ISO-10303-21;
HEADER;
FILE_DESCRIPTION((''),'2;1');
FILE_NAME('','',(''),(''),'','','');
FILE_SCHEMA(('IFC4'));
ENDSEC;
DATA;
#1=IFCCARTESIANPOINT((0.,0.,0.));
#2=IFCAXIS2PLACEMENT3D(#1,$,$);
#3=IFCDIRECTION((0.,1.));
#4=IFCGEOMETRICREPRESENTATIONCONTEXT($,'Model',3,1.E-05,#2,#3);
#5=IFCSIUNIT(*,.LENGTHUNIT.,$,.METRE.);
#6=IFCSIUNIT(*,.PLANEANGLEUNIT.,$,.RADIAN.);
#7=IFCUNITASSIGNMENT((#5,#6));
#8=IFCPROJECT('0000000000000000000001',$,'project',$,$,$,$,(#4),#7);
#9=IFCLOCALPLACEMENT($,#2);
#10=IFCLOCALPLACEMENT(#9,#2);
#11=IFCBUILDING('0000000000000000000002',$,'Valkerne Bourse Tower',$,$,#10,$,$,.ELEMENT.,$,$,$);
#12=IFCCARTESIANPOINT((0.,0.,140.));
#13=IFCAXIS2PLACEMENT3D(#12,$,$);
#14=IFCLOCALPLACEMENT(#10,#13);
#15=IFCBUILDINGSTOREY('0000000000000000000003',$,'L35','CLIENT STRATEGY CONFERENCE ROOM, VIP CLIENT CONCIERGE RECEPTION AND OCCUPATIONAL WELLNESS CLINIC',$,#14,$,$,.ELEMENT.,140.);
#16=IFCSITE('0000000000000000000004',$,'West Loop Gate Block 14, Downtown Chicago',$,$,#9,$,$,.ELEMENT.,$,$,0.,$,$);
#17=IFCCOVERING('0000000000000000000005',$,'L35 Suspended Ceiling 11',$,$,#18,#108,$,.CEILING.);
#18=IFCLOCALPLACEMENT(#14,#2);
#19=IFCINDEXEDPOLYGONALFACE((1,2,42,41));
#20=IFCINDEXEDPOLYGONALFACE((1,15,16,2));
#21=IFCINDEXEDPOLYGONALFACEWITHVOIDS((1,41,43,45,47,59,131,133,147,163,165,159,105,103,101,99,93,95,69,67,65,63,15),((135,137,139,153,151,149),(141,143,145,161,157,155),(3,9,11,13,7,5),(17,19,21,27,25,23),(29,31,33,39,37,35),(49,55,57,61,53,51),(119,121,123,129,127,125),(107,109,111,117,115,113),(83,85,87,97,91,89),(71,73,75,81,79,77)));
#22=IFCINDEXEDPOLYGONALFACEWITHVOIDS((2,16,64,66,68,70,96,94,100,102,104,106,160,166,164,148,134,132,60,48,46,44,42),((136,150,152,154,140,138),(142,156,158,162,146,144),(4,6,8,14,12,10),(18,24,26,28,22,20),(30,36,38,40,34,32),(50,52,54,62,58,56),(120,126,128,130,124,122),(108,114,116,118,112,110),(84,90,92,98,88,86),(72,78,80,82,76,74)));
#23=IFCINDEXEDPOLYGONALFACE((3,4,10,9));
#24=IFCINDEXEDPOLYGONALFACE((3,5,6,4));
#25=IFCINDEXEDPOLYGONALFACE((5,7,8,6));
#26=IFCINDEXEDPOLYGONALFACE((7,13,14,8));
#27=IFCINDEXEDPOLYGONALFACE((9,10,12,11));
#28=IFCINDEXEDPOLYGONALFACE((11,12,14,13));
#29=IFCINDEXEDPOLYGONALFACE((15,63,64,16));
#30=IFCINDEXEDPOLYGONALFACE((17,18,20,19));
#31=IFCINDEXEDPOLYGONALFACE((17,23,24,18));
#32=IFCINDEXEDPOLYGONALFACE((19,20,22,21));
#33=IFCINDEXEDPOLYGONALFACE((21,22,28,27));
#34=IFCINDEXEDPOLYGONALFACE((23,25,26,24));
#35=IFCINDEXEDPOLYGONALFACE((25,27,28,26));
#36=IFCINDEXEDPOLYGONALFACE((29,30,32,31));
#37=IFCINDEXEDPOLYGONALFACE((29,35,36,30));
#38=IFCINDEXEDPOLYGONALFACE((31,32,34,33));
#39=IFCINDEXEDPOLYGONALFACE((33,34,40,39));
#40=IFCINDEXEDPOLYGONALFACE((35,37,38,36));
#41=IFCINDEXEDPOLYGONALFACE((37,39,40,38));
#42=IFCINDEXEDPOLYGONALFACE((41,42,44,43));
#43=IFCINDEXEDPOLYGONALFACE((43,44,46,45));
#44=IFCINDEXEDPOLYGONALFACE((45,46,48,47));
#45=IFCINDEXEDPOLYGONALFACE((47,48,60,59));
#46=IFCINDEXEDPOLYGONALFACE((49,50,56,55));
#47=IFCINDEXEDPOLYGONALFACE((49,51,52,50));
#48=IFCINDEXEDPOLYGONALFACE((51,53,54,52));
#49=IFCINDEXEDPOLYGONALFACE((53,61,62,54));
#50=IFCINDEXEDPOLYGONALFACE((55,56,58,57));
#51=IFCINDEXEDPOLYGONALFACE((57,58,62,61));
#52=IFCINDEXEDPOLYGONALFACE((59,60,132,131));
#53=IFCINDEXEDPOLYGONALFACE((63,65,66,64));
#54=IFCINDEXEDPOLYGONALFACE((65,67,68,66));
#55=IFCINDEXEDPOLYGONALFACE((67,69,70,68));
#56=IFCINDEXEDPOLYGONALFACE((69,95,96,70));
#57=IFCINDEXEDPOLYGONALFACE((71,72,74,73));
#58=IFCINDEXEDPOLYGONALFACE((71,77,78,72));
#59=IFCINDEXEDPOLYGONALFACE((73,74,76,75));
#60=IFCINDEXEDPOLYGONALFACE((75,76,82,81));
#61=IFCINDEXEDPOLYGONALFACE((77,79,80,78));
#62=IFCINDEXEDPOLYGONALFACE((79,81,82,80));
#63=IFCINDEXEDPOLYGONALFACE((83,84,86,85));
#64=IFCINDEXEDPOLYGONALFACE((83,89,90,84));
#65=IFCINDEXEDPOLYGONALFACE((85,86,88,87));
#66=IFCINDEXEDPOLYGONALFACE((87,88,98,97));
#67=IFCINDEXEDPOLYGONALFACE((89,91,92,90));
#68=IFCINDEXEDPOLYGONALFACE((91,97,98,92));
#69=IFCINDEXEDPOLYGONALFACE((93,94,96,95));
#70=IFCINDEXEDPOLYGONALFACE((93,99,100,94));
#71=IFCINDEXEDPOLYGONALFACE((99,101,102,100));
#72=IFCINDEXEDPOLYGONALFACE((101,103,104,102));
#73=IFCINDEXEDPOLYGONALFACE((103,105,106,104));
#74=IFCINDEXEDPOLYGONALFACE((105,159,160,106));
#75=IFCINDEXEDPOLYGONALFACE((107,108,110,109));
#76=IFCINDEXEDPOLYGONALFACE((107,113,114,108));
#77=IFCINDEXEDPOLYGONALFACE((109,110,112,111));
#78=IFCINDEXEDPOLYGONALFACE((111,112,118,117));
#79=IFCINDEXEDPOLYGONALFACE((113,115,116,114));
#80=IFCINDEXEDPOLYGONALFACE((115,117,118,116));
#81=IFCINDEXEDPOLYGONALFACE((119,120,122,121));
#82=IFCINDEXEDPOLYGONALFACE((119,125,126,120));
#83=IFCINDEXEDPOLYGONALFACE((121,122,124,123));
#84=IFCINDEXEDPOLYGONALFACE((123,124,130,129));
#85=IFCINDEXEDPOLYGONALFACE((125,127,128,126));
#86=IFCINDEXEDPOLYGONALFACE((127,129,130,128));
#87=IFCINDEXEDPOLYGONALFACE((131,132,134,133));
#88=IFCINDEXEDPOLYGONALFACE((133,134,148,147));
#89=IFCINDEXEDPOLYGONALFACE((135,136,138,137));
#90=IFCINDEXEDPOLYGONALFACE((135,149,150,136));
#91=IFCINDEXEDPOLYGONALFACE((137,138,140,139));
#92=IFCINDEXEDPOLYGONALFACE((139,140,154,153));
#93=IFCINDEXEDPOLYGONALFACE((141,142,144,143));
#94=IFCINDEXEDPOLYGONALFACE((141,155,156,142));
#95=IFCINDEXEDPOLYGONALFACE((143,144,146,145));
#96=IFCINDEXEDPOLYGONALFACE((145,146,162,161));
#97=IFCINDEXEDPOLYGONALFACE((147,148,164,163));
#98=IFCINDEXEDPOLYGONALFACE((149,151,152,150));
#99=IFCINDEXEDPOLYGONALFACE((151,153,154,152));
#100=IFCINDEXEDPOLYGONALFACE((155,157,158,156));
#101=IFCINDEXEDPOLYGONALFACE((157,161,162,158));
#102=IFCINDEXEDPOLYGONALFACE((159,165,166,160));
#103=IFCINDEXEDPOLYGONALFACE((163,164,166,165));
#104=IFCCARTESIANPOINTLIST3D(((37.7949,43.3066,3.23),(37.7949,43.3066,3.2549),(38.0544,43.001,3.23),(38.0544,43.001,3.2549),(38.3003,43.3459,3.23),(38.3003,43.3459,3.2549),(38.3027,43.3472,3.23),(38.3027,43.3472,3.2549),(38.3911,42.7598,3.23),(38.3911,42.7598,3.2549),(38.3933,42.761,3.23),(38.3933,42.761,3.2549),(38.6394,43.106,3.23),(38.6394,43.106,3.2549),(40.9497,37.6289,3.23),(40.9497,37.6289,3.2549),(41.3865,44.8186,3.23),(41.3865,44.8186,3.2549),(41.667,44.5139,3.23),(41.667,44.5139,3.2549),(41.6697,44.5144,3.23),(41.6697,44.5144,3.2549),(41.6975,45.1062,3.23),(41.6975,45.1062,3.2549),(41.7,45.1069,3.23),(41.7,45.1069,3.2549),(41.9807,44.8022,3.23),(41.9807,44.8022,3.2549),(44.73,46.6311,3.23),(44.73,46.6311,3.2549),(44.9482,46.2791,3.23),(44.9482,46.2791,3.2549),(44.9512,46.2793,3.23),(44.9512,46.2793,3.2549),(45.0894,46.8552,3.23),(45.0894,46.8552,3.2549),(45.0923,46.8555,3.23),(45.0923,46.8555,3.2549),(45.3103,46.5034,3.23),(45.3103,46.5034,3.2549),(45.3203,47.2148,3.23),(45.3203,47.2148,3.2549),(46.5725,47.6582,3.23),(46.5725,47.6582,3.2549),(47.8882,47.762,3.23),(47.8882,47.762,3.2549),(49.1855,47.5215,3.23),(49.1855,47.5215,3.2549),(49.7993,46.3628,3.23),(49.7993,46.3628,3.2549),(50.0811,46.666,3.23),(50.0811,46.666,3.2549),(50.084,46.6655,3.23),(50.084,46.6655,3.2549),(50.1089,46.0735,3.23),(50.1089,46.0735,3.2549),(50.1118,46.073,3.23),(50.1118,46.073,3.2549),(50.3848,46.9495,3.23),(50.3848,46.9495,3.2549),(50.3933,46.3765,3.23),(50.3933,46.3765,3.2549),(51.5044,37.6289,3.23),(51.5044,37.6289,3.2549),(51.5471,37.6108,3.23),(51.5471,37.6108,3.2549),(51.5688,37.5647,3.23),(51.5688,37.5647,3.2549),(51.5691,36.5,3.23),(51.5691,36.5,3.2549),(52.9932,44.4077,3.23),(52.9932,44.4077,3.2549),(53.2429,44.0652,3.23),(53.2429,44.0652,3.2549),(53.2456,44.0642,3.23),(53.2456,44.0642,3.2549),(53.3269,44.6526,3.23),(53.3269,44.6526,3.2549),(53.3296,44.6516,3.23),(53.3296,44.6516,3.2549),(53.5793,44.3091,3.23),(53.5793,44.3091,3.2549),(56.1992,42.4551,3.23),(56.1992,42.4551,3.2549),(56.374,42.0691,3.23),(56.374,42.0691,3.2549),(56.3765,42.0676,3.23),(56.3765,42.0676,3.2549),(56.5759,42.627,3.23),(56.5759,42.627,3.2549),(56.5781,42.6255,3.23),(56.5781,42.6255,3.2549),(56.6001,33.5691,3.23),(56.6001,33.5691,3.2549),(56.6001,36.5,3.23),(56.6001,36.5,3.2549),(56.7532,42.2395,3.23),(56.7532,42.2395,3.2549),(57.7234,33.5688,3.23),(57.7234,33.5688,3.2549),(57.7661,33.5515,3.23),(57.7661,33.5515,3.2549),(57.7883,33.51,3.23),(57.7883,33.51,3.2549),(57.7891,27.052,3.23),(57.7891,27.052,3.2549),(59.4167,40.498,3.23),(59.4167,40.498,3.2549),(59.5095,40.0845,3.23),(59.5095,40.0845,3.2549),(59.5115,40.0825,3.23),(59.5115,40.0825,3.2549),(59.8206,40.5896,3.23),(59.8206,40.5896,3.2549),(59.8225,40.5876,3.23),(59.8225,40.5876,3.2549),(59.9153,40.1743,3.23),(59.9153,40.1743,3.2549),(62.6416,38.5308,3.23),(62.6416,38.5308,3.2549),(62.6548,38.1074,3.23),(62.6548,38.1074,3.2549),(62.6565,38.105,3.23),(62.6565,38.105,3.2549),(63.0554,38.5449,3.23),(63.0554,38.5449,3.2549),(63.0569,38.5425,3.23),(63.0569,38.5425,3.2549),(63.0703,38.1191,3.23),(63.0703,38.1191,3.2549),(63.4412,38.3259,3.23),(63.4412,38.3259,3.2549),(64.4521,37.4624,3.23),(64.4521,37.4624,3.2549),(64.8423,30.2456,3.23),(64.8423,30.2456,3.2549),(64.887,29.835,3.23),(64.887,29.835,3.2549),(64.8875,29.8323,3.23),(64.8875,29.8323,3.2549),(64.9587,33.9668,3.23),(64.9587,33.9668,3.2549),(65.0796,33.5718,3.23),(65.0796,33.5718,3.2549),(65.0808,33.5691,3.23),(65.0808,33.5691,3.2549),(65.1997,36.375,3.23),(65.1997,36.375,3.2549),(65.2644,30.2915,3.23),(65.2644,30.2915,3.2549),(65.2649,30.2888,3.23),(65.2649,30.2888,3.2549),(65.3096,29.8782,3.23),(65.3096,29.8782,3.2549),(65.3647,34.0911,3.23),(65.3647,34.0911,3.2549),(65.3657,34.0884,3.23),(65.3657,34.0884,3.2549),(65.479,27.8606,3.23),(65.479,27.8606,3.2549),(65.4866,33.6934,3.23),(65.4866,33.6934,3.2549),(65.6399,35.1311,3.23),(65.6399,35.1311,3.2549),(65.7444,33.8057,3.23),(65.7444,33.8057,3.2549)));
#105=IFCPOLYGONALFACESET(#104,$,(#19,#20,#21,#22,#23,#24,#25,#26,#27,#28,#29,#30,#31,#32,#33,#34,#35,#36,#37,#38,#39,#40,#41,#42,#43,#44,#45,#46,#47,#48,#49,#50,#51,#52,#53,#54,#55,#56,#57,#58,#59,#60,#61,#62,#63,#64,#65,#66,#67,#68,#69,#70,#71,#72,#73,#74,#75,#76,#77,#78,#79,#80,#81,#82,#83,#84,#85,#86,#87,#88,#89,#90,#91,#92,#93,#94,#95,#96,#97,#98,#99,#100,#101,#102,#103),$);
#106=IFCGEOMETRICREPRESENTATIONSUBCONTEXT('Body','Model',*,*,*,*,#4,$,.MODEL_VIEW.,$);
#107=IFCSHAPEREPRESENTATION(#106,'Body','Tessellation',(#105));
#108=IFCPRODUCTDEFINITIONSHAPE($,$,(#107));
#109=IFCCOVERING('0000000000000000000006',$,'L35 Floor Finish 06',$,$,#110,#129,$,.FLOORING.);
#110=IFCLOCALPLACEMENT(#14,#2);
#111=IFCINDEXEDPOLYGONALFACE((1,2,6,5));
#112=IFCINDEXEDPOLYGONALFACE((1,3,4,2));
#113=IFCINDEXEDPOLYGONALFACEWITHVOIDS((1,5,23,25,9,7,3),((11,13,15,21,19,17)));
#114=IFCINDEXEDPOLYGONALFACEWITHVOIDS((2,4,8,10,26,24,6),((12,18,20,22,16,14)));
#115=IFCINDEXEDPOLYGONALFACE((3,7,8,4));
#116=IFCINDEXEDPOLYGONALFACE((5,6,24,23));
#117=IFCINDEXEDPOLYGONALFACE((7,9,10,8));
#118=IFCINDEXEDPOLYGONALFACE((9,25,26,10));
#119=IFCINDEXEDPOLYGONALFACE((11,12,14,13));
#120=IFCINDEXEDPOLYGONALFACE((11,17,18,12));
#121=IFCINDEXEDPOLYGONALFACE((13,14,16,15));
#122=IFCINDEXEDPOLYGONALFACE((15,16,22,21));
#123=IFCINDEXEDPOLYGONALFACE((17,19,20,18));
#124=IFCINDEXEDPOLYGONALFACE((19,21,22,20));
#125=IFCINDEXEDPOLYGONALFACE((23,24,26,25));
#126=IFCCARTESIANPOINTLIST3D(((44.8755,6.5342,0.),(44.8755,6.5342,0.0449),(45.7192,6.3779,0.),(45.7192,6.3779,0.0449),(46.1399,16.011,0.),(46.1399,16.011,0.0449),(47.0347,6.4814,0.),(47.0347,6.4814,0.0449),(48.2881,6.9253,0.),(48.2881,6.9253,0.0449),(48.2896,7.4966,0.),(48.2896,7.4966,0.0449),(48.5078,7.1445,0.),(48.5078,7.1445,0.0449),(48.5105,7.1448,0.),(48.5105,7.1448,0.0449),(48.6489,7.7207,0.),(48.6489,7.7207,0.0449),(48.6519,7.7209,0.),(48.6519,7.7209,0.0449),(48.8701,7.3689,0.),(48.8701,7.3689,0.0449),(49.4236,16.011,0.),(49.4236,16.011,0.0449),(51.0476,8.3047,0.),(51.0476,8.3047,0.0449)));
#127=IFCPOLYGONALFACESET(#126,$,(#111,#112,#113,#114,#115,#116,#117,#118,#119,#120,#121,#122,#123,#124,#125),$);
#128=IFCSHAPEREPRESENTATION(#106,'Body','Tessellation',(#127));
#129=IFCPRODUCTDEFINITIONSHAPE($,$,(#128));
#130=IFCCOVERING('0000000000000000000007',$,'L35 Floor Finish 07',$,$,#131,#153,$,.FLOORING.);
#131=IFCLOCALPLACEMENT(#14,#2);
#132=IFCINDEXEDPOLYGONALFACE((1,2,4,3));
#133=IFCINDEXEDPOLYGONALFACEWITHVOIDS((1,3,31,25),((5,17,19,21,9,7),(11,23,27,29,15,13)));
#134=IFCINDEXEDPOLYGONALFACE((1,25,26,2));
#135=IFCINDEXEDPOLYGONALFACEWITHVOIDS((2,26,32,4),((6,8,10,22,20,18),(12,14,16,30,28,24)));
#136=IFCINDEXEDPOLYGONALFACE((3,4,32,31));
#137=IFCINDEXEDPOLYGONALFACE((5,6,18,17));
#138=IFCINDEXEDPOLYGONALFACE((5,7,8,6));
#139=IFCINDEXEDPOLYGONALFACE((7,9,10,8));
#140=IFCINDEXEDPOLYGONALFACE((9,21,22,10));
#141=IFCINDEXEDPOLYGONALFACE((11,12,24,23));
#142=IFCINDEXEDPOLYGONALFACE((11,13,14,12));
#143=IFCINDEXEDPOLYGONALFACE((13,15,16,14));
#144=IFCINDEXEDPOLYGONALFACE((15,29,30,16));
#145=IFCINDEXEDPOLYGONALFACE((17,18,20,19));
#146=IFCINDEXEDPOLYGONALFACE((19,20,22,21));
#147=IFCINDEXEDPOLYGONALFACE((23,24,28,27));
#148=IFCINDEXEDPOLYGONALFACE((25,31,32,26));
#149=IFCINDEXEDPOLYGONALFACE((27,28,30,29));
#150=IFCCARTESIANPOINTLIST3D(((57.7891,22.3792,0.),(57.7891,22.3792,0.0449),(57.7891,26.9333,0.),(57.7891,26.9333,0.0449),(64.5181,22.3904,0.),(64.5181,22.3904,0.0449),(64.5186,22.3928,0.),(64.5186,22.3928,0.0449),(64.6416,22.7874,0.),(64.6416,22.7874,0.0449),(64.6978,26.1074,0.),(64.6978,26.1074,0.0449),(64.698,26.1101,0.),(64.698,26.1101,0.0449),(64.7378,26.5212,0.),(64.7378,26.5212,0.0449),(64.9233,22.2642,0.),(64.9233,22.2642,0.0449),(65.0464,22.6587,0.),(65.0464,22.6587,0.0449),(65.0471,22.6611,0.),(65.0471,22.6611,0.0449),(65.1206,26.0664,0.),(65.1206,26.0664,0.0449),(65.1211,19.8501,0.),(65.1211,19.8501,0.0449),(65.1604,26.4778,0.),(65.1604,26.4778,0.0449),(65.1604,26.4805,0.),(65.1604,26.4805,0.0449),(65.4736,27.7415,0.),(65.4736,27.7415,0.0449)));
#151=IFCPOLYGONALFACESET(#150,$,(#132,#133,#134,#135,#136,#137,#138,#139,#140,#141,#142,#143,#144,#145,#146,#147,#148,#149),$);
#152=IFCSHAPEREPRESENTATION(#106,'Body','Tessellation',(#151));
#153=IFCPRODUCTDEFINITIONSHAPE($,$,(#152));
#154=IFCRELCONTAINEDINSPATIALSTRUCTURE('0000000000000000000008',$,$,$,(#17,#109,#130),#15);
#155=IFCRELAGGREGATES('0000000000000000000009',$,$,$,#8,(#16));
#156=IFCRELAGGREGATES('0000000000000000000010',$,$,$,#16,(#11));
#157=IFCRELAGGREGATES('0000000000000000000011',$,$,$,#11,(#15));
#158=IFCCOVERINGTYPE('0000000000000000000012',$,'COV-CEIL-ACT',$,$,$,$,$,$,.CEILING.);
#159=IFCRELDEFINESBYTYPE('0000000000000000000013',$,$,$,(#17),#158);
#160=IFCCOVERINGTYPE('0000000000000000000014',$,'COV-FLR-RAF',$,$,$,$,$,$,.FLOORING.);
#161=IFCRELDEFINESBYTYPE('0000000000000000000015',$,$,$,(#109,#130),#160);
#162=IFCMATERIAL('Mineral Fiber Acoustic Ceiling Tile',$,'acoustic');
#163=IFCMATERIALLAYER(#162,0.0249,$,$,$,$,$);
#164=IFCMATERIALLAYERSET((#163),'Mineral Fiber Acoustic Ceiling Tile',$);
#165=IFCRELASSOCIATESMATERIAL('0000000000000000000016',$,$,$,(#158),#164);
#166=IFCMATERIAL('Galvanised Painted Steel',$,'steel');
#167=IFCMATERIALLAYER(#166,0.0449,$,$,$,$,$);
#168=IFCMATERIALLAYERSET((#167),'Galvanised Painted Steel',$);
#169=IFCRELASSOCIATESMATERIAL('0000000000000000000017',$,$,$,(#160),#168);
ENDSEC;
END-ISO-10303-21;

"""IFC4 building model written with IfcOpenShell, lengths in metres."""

from ifc_helpers import new_model, si_unit, direction, frame, origin, place, context, subcontext, project, spatial, polyline, outline, extrude, material, layer, layer_set, type_object, element, save


model = new_model("IFC4")

# Units and contexts
model_context = context("Model", 3, precision=1e-05, world=origin(), true_north=direction((0.0, 1.0)))
body_context = subcontext(model_context, "Body", "Model", "MODEL_VIEW")
ifc_project = project(units=[si_unit("LENGTHUNIT", "METRE"), si_unit("PLANEANGLEUNIT", "RADIAN")], contexts=[model_context])

# Site, building, storey
site_placement = place(None, origin())
site = spatial("IfcSite", under=ifc_project, at=site_placement, Name="West Loop Gate Block 14, Downtown Chicago", CompositionType="ELEMENT", RefElevation=0.0)
building_placement = place(site_placement, origin())
building = spatial("IfcBuilding", under=site, at=building_placement, Name="Valkerne Bourse Tower", CompositionType="ELEMENT")
storey_placement = place(building_placement, frame((0.0, 0.0, 140.0)))
storey = spatial("IfcBuildingStorey", under=building, at=storey_placement, Name="L35", Description="CLIENT STRATEGY CONFERENCE ROOM, VIP CLIENT CONCIERGE RECEPTION AND OCCUPATIONAL WELLNESS CLINIC", CompositionType="ELEMENT", Elevation=140.0)

# Coverings
ifc_material_1 = material(Name="Mineral Fiber Acoustic Ceiling Tile", Category="acoustic")
ifc_layer_1 = layer(ifc_material_1, 0.0249)
ifc_layer_set_1 = layer_set([ifc_layer_1], Name="Mineral Fiber Acoustic Ceiling Tile")
covering_type_1 = type_object("IfcCoveringType", Name="COV-CEIL-ACT", PredefinedType="CEILING", material=ifc_layer_set_1)
covering_1_placement = place(storey_placement, frame((0.0, 0.0, 3.23)))
element("IfcCovering", 1, at=covering_1_placement, inside=storey, type_object=covering_type_1, Name="L35 Suspended Ceiling 11", PredefinedType="CEILING", context=body_context, shape_type="SweptSolid", body=[
    extrude(outline(polyline([(47.8882, 47.762), (49.1855, 47.5215), (50.3848, 46.9495), (63.4412, 38.3259), (64.4521, 37.4624), (65.1997, 36.375), (65.6399, 35.1311), (65.7444, 33.8057), (65.479, 27.8606), (57.7891, 27.052), (57.7883, 33.51), (57.7661, 33.5515), (57.7234, 33.5688), (56.6001, 33.5691), (56.6001, 36.5), (51.5691, 36.5), (51.5688, 37.5647), (51.5471, 37.6108), (51.5044, 37.6289), (40.9497, 37.6289), (37.7949, 43.3066), (45.3203, 47.2148), (46.5725, 47.6582), (47.8882, 47.762)]), holes=[polyline([(38.3933, 42.761), (38.6394, 43.106), (38.3027, 43.3472), (38.3003, 43.3459), (38.0544, 43.001), (38.3911, 42.7598), (38.3933, 42.761)]), polyline([(53.5793, 44.3091), (53.3296, 44.6516), (53.3269, 44.6526), (52.9932, 44.4077), (53.2429, 44.0652), (53.2456, 44.0642), (53.5793, 44.3091)]), polyline([(41.9807, 44.8022), (41.7, 45.1069), (41.6975, 45.1062), (41.3865, 44.8186), (41.667, 44.5139), (41.6697, 44.5144), (41.9807, 44.8022)]), polyline([(50.084, 46.6655), (50.0811, 46.666), (49.7993, 46.3628), (50.1089, 46.0735), (50.1118, 46.073), (50.3933, 46.3765), (50.084, 46.6655)]), polyline([(45.3103, 46.5034), (45.0923, 46.8555), (45.0894, 46.8552), (44.73, 46.6311), (44.9482, 46.2791), (44.9512, 46.2793), (45.3103, 46.5034)]), polyline([(65.3096, 29.8782), (65.2649, 30.2888), (65.2644, 30.2915), (64.8423, 30.2456), (64.887, 29.835), (64.8875, 29.8323), (65.3096, 29.8782)]), polyline([(65.4866, 33.6934), (65.3657, 34.0884), (65.3647, 34.0911), (64.9587, 33.9668), (65.0796, 33.5718), (65.0808, 33.5691), (65.4866, 33.6934)]), polyline([(63.0703, 38.1191), (63.0569, 38.5425), (63.0554, 38.5449), (62.6416, 38.5308), (62.6548, 38.1074), (62.6565, 38.105), (63.0703, 38.1191)]), polyline([(59.8225, 40.5876), (59.8206, 40.5896), (59.4167, 40.498), (59.5095, 40.0845), (59.5115, 40.0825), (59.9153, 40.1743), (59.8225, 40.5876)]), polyline([(56.7532, 42.2395), (56.5781, 42.6255), (56.5759, 42.627), (56.1992, 42.4551), (56.374, 42.0691), (56.3765, 42.0676), (56.7532, 42.2395)])]), origin(), (0.0, 0.0, 1.0), 0.0249),
])
ifc_material_2 = material(Name="Galvanised Painted Steel", Category="steel")
ifc_layer_2 = layer(ifc_material_2, 0.0449)
ifc_layer_set_2 = layer_set([ifc_layer_2], Name="Galvanised Painted Steel")
covering_type_2 = type_object("IfcCoveringType", Name="COV-FLR-RAF", PredefinedType="FLOORING", material=ifc_layer_set_2)
covering_2_placement = place(storey_placement, origin())
element("IfcCovering", 2, at=covering_2_placement, inside=storey, type_object=covering_type_2, Name="L35 Floor Finish 06", PredefinedType="FLOORING", context=body_context, shape_type="SweptSolid", body=[
    extrude(outline(polyline([(45.7192, 6.3779), (44.8755, 6.5342), (46.1399, 16.011), (49.4236, 16.011), (51.0476, 8.3047), (48.2881, 6.9253), (47.0347, 6.4814), (45.7192, 6.3779)]), holes=[polyline([(48.5105, 7.1448), (48.8701, 7.3689), (48.6519, 7.7209), (48.6489, 7.7207), (48.2896, 7.4966), (48.5078, 7.1445), (48.5105, 7.1448)])]), origin(), (0.0, 0.0, 1.0), 0.0449),
])
covering_3_placement = place(storey_placement, origin())
element("IfcCovering", 3, at=covering_3_placement, inside=storey, type_object=covering_type_2, Name="L35 Floor Finish 07", PredefinedType="FLOORING", context=body_context, shape_type="SweptSolid", body=[
    extrude(outline(polyline([(57.7891, 26.9333), (65.4736, 27.7415), (65.1211, 19.8501), (57.7891, 22.3792), (57.7891, 26.9333)]), holes=[polyline([(65.0471, 22.6611), (64.6416, 22.7874), (64.5186, 22.3928), (64.5181, 22.3904), (64.9233, 22.2642), (65.0464, 22.6587), (65.0471, 22.6611)]), polyline([(65.1604, 26.4778), (65.1604, 26.4805), (64.7378, 26.5212), (64.698, 26.1101), (64.6978, 26.1074), (65.1206, 26.0664), (65.1604, 26.4778)])]), origin(), (0.0, 0.0, 1.0), 0.0449),
])

save(model, "model.ifc")
